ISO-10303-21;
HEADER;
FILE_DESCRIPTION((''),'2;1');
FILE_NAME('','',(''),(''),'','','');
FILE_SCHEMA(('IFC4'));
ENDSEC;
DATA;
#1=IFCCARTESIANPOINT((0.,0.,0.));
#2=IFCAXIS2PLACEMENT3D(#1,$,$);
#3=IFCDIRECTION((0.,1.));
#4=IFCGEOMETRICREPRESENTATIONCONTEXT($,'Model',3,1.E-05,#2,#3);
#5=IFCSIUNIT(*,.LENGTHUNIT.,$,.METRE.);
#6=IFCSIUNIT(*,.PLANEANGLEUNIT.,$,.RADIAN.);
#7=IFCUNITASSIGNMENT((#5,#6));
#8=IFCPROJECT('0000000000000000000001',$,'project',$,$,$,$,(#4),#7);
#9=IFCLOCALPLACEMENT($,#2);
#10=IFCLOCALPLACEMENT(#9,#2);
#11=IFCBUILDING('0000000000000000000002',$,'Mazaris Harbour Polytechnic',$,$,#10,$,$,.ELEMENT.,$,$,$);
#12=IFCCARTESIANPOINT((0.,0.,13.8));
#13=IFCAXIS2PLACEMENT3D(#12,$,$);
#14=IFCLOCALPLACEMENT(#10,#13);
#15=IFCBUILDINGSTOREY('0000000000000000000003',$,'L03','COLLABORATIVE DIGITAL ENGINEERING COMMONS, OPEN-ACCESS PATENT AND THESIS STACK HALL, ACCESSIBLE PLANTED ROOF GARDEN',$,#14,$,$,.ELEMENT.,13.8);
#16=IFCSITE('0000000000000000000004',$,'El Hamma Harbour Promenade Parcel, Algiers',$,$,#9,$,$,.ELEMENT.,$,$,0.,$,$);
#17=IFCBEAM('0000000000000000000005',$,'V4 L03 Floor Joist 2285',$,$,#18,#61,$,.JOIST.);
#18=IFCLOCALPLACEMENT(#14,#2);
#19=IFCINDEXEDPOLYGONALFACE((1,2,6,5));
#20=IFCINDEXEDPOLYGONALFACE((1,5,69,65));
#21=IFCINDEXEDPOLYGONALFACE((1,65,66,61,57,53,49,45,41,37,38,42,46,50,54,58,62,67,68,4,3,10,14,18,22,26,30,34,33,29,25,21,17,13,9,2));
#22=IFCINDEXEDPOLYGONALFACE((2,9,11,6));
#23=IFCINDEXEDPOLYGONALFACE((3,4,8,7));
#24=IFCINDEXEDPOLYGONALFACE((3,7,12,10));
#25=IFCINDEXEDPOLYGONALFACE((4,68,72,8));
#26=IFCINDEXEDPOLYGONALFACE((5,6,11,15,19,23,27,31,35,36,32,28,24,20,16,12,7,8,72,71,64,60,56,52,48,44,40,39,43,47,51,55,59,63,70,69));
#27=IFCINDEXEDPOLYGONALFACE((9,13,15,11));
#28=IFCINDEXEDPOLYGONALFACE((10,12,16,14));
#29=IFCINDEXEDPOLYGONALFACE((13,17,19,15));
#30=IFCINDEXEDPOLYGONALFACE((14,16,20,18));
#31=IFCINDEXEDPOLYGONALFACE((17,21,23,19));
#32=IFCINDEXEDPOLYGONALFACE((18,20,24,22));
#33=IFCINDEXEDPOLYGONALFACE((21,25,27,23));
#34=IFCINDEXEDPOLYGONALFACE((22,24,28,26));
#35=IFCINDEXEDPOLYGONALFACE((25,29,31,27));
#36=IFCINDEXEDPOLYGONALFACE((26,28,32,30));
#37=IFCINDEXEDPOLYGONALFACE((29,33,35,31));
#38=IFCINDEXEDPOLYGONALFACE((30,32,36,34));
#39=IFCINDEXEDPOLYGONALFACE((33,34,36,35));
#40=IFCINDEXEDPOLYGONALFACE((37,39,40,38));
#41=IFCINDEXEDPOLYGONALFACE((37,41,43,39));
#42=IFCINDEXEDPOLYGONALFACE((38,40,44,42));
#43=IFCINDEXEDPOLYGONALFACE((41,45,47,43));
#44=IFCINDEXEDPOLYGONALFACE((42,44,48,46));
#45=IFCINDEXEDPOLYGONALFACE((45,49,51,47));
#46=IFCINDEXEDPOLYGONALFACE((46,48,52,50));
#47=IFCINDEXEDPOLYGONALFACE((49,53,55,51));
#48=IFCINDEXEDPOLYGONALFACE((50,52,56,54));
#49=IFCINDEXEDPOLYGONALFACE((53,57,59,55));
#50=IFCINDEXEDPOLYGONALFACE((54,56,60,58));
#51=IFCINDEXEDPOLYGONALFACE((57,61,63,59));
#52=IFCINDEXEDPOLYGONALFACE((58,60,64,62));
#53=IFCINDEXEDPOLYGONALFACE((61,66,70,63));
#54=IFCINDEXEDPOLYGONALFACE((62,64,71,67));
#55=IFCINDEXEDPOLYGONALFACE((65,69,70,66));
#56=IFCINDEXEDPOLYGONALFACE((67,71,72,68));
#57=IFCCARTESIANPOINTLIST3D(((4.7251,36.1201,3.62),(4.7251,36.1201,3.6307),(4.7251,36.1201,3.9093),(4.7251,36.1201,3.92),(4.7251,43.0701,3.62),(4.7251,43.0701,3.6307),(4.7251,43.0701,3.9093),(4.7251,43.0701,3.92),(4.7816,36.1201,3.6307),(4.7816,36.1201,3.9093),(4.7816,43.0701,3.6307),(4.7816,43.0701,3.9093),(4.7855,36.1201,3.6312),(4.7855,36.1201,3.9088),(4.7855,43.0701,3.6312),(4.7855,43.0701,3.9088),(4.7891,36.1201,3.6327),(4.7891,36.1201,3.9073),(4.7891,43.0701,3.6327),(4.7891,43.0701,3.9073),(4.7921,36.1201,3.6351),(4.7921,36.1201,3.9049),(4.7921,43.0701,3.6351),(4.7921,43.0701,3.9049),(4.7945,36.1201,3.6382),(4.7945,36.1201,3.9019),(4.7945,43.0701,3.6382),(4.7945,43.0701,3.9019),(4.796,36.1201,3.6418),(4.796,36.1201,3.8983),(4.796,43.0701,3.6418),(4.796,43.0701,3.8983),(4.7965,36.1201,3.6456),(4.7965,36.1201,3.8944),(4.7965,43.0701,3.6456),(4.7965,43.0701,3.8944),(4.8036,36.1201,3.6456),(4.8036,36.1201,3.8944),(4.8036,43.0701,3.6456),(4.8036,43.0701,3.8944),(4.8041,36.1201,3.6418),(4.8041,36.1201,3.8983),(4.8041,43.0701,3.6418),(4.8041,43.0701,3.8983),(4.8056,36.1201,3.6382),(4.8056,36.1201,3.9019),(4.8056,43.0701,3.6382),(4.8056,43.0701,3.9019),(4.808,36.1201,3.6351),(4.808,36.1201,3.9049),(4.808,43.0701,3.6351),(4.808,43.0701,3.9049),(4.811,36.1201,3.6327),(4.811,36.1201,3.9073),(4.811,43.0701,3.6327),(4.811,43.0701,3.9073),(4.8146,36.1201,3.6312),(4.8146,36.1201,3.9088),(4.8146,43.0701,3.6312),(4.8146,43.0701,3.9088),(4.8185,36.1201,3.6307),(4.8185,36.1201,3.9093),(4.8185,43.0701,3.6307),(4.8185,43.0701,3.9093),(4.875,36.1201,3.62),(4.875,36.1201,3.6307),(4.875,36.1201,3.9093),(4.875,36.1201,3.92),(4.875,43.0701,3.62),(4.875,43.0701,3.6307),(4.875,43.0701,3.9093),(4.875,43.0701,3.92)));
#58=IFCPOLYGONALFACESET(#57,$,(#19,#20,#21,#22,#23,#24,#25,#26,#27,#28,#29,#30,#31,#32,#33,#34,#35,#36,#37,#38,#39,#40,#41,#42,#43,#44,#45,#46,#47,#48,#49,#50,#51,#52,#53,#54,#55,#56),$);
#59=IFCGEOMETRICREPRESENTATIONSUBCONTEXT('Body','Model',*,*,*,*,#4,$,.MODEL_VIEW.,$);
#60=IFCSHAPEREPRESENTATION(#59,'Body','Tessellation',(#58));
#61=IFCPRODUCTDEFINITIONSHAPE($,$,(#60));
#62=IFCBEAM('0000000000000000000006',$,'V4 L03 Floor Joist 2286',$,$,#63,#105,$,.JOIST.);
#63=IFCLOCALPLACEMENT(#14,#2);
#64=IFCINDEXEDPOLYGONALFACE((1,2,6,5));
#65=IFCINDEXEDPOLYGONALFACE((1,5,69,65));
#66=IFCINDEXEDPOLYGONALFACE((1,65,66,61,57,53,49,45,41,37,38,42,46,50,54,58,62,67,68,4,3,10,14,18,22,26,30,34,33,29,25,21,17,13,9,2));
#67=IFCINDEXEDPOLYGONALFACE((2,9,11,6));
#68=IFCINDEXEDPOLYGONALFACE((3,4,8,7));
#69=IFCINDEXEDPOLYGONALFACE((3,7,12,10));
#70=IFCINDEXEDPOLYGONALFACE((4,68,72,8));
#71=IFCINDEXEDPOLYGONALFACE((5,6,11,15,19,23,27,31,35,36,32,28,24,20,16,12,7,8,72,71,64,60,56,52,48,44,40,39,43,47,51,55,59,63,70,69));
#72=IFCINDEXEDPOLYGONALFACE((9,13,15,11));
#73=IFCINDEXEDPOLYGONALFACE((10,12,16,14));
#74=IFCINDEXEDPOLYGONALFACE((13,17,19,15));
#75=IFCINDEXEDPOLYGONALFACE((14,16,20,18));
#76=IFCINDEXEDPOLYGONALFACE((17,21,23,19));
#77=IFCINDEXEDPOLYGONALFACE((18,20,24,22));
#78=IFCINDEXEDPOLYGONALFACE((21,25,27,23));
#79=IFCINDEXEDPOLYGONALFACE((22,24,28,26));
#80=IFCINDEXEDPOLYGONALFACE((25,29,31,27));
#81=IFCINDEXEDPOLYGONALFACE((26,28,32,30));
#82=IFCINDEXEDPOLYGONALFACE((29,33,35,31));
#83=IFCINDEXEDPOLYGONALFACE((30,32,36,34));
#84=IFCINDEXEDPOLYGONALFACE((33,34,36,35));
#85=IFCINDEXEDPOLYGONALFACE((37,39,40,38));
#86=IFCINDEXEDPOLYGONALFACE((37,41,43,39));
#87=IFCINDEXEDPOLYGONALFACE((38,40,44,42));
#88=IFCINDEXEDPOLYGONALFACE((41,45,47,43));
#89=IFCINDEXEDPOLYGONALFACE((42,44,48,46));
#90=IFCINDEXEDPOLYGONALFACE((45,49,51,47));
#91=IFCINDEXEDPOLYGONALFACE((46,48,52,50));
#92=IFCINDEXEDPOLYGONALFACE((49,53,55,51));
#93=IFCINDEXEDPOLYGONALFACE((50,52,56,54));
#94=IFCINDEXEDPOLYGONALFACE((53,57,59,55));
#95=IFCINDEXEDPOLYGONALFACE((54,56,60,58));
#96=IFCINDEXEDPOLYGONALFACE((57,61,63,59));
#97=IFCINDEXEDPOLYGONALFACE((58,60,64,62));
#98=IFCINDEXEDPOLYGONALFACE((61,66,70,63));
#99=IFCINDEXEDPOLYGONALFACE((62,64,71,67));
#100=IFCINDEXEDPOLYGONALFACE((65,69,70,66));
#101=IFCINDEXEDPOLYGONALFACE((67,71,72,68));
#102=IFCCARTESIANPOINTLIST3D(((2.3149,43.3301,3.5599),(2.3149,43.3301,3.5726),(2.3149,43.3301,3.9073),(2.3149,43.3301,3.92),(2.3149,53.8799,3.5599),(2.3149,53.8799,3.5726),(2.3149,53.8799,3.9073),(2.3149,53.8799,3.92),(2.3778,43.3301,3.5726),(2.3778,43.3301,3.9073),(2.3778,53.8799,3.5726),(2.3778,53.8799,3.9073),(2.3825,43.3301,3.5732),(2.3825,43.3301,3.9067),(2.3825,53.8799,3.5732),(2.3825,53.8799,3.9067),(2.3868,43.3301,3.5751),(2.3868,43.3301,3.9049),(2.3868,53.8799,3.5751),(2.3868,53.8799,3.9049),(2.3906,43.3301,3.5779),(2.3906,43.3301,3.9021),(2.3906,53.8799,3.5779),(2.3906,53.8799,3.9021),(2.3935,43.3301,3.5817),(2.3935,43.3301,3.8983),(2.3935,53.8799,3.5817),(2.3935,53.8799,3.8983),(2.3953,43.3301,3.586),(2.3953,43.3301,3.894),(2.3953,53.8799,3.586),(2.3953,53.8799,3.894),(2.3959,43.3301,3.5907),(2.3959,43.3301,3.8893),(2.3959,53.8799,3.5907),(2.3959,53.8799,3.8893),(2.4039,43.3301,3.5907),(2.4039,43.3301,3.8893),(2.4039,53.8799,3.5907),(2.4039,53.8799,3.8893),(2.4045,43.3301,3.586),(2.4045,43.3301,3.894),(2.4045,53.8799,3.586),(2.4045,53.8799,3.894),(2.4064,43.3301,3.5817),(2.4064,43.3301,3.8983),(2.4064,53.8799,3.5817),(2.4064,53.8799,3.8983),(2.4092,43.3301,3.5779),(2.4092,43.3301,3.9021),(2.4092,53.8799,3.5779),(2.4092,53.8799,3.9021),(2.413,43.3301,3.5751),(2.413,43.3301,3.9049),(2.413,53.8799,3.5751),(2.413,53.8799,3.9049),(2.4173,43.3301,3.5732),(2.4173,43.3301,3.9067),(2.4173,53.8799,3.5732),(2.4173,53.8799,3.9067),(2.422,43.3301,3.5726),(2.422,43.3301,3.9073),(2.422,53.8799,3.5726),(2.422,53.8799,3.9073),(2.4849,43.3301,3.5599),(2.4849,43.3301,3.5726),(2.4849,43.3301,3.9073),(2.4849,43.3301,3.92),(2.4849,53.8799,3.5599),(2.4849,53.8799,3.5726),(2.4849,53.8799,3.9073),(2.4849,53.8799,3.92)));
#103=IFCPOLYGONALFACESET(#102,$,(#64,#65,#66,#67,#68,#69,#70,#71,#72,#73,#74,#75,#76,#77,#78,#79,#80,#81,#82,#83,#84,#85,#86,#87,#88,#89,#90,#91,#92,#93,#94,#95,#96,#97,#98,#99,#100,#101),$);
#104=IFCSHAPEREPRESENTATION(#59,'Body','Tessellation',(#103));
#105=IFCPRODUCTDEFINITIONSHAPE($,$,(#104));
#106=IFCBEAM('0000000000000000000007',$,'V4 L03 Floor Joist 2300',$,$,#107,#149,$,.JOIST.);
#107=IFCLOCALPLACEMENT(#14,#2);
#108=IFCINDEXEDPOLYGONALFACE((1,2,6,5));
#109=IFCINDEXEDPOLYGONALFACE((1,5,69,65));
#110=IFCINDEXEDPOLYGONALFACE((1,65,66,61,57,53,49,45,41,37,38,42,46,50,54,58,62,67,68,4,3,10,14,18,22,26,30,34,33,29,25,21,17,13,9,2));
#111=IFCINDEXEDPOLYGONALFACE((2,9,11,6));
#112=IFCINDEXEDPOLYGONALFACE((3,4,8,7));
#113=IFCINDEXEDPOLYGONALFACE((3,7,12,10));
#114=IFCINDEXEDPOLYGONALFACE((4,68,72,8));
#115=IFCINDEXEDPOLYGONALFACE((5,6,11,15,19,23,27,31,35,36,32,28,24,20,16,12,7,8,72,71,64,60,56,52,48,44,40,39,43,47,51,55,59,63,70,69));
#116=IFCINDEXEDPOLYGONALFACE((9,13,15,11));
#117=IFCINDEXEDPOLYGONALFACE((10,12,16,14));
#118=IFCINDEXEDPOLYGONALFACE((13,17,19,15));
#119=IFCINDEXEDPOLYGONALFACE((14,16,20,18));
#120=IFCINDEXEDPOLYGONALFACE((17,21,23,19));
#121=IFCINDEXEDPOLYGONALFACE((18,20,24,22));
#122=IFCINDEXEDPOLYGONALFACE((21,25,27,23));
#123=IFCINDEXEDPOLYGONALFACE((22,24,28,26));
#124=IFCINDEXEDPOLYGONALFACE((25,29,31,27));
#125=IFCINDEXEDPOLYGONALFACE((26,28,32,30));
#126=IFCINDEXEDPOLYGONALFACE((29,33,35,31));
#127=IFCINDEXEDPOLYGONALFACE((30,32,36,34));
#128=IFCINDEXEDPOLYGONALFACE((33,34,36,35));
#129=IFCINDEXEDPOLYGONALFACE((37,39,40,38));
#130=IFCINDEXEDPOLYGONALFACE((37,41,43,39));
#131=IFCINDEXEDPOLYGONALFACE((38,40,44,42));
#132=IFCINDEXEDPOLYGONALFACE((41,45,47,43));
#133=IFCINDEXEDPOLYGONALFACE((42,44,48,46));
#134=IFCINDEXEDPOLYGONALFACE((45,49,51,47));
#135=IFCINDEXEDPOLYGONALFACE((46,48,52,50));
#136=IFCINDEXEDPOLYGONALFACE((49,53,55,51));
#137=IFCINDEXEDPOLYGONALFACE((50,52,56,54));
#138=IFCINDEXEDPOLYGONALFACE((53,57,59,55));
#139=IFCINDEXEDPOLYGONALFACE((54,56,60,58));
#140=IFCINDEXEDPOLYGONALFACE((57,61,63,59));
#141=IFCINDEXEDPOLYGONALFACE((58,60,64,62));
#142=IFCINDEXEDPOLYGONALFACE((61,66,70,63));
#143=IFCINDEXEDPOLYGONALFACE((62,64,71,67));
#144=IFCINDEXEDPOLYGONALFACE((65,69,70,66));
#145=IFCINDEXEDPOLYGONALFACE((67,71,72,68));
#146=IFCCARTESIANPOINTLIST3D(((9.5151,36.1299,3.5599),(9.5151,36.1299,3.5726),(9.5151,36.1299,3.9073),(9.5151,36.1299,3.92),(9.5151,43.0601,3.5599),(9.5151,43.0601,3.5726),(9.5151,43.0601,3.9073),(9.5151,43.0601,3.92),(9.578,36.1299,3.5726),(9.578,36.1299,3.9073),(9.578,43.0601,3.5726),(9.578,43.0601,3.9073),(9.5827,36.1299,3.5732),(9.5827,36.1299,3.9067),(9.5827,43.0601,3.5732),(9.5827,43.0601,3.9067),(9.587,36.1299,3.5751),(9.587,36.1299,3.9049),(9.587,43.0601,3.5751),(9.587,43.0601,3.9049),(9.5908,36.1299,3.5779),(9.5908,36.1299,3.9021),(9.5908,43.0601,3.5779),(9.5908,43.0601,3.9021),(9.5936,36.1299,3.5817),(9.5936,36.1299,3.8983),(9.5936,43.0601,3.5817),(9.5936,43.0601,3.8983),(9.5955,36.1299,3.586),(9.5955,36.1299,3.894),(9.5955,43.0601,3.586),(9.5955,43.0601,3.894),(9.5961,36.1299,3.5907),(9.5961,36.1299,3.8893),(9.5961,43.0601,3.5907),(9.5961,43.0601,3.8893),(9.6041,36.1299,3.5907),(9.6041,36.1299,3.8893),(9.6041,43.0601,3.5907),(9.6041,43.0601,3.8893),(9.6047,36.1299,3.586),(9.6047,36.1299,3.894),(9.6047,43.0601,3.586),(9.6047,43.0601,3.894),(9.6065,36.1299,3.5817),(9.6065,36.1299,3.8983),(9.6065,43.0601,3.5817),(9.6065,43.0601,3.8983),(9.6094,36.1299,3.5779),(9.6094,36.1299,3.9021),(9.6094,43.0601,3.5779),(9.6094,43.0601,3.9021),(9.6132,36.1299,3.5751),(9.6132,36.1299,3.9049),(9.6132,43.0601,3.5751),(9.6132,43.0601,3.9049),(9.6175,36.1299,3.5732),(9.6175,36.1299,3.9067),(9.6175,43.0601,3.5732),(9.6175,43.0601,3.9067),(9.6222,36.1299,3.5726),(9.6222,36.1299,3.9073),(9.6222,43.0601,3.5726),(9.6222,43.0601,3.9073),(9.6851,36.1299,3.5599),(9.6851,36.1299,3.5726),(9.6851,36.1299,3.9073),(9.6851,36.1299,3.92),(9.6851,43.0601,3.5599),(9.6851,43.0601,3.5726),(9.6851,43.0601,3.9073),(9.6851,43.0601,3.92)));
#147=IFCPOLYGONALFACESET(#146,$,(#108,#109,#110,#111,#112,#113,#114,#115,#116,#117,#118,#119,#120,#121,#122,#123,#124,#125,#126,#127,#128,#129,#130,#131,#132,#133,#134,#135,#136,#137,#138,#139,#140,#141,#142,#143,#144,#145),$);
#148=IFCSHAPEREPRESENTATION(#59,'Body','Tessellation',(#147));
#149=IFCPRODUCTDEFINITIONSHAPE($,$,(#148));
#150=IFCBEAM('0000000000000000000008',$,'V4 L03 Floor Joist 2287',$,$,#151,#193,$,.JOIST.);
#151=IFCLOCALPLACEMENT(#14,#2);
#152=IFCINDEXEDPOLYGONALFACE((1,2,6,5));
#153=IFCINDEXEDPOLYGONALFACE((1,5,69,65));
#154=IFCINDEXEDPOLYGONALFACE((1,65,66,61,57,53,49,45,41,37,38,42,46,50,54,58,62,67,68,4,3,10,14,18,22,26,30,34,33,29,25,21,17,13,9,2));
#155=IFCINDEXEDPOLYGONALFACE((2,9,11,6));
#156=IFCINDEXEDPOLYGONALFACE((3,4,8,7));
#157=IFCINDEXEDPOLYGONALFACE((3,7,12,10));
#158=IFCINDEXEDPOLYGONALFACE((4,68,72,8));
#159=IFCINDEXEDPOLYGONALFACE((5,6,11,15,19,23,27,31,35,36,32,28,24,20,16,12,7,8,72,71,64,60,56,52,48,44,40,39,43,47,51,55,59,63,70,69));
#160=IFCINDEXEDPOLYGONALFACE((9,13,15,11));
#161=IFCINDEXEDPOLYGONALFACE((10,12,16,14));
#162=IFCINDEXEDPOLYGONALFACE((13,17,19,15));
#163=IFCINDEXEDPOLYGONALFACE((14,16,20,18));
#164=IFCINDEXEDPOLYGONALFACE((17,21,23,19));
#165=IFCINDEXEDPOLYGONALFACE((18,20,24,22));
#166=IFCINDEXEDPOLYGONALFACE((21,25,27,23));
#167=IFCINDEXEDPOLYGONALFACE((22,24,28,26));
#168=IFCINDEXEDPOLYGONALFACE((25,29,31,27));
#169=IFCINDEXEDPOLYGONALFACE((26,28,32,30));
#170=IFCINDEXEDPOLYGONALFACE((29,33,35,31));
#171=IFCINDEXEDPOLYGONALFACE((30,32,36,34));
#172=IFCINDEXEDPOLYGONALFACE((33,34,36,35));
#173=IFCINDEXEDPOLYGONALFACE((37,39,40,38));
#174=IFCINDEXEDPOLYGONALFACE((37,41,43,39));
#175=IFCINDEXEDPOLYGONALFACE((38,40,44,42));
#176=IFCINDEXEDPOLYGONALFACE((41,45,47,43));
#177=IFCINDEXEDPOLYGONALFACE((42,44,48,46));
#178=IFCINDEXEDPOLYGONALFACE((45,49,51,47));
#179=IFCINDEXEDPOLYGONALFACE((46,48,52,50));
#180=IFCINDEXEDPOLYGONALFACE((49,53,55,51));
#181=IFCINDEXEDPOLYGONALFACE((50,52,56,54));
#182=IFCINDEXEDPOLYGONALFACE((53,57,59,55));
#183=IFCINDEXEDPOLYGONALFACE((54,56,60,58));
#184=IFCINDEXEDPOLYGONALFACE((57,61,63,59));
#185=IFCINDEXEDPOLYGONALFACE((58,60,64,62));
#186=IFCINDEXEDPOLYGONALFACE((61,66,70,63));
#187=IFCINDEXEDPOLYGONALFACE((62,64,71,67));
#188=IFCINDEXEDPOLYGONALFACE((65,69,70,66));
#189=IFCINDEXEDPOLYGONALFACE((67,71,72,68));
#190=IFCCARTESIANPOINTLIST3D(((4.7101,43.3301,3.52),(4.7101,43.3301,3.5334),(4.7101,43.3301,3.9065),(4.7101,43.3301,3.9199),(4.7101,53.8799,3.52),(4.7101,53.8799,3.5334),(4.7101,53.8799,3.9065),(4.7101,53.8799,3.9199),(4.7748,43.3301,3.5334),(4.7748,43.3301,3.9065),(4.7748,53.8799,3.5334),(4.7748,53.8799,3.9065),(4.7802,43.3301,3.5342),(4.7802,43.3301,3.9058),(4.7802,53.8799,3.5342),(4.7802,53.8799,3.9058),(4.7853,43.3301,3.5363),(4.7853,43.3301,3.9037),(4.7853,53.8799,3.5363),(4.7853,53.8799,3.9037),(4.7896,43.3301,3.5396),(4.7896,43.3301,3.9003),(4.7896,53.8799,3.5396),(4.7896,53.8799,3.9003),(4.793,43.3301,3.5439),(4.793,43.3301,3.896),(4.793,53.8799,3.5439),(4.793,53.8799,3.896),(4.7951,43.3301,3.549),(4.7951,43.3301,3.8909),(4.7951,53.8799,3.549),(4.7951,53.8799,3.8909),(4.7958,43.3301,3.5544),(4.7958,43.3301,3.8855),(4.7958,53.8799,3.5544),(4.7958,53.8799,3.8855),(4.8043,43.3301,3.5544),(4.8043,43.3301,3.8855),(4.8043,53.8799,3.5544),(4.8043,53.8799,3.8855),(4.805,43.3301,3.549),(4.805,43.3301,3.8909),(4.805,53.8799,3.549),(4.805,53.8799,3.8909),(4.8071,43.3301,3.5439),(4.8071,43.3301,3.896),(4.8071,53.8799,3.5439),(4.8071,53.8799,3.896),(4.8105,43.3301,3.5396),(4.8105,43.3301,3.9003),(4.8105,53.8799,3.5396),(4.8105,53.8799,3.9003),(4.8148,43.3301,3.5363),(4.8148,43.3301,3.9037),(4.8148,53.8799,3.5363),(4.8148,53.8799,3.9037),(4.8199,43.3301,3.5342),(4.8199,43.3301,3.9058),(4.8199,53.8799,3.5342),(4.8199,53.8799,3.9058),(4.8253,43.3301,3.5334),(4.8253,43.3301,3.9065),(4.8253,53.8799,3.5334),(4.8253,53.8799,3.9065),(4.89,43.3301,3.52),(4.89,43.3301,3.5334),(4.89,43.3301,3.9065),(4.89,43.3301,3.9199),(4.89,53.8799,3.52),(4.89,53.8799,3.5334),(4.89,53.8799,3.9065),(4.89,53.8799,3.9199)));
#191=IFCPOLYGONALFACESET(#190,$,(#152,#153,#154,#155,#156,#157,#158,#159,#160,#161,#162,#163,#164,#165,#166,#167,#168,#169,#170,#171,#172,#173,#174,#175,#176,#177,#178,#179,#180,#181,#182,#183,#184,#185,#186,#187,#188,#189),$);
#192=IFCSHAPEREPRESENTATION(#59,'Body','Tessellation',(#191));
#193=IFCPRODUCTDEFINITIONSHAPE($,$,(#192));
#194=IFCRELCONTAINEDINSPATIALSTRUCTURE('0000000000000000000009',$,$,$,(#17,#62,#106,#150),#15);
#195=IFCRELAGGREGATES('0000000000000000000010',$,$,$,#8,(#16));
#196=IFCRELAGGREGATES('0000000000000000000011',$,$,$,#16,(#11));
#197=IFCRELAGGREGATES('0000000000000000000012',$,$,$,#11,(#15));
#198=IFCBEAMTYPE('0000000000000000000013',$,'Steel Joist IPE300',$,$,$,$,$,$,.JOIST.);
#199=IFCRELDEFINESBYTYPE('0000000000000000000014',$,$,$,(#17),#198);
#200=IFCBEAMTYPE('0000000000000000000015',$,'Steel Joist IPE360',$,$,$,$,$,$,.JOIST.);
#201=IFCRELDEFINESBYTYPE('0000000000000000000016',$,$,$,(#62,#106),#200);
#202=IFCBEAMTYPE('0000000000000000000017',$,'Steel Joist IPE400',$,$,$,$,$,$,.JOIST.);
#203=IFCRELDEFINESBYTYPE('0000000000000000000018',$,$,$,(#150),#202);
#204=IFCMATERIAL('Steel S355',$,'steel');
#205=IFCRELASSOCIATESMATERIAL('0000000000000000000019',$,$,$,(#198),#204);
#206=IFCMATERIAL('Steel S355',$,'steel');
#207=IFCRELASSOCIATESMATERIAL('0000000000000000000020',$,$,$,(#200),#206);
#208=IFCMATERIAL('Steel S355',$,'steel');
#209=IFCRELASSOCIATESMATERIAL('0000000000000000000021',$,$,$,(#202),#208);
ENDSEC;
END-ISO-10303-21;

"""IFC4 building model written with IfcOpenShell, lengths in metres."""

from ifc_helpers import new_model, si_unit, direction, frame, origin, origin_2d, place, context, subcontext, project, spatial, i_section, extrude, material, material_profile, profile_set, type_object, element, save


model = new_model("IFC4")

# Units and contexts
model_context = context("Model", 3, precision=1e-05, world=origin(), true_north=direction((0.0, 1.0)))
body_context = subcontext(model_context, "Body", "Model", "MODEL_VIEW")
ifc_project = project(units=[si_unit("LENGTHUNIT", "METRE"), si_unit("PLANEANGLEUNIT", "RADIAN")], contexts=[model_context])

# Site, building, storey
site_placement = place(None, origin())
site = spatial("IfcSite", under=ifc_project, at=site_placement, Name="El Hamma Harbour Promenade Parcel, Algiers", CompositionType="ELEMENT", RefElevation=0.0)
building_placement = place(site_placement, origin())
building = spatial("IfcBuilding", under=site, at=building_placement, Name="Mazaris Harbour Polytechnic", CompositionType="ELEMENT")
storey_placement = place(building_placement, frame((0.0, 0.0, 13.8)))
storey = spatial("IfcBuildingStorey", under=building, at=storey_placement, Name="L03", Description="COLLABORATIVE DIGITAL ENGINEERING COMMONS, OPEN-ACCESS PATENT AND THESIS STACK HALL, ACCESSIBLE PLANTED ROOF GARDEN", CompositionType="ELEMENT", Elevation=13.8)

# Beams
ifc_material_1 = material(Name="Steel S355", Category="steel")
ifc_material_profile_1 = material_profile(ifc_material_1, i_section(OverallWidth=0.1499, OverallDepth=0.3, WebThickness=0.0071, FlangeThickness=0.0107, FilletRadius=0.0149, at=origin_2d()), Name="IPE 300")
ifc_profile_set_1 = profile_set([ifc_material_profile_1], Name="Steel S355")
beam_type_1 = type_object("IfcBeamType", Name="Steel Joist IPE300", PredefinedType="JOIST", material=ifc_profile_set_1)
beam_1_placement = place(storey_placement, frame((4.8, 36.1201, 3.77), z_axis=(0.0, 1.0, 0.0), x_axis=(-1.0, 0.0, 0.0)))
element("IfcBeam", 1, at=beam_1_placement, inside=storey, type_object=beam_type_1, Name="V4 L03 Floor Joist 2285", PredefinedType="JOIST", context=body_context, shape_type="SweptSolid", body=[
    extrude(i_section(OverallWidth=0.1499, OverallDepth=0.3, WebThickness=0.0071, FlangeThickness=0.0107, FilletRadius=0.0149, at=origin_2d()), origin(), (0.0, 0.0, 1.0), 6.95),
])
ifc_material_2 = material(Name="Steel S355", Category="steel")
ifc_material_profile_2 = material_profile(ifc_material_2, i_section(OverallWidth=0.1699, OverallDepth=0.3601, WebThickness=0.0081, FlangeThickness=0.0127, FilletRadius=0.0181, at=origin_2d()), Name="IPE 360")
ifc_profile_set_2 = profile_set([ifc_material_profile_2], Name="Steel S355")
beam_type_2 = type_object("IfcBeamType", Name="Steel Joist IPE360", PredefinedType="JOIST", material=ifc_profile_set_2)
beam_2_placement = place(storey_placement, frame((2.3999, 43.3301, 3.74), z_axis=(0.0, 1.0, 0.0), x_axis=(-1.0, 0.0, 0.0)))
element("IfcBeam", 2, at=beam_2_placement, inside=storey, type_object=beam_type_2, Name="V4 L03 Floor Joist 2286", PredefinedType="JOIST", context=body_context, shape_type="SweptSolid", body=[
    extrude(i_section(OverallWidth=0.1699, OverallDepth=0.3601, WebThickness=0.0081, FlangeThickness=0.0127, FilletRadius=0.0181, at=origin_2d()), origin(), (0.0, 0.0, 1.0), 10.5498),
])
beam_3_placement = place(storey_placement, frame((9.6001, 36.1299, 3.74), z_axis=(0.0, 1.0, 0.0), x_axis=(-1.0, 0.0, 0.0)))
element("IfcBeam", 3, at=beam_3_placement, inside=storey, type_object=beam_type_2, Name="V4 L03 Floor Joist 2300", PredefinedType="JOIST", context=body_context, shape_type="SweptSolid", body=[
    extrude(i_section(OverallWidth=0.1699, OverallDepth=0.3601, WebThickness=0.0081, FlangeThickness=0.0127, FilletRadius=0.0181, at=origin_2d()), origin(), (0.0, 0.0, 1.0), 6.9302),
])
ifc_material_3 = material(Name="Steel S355", Category="steel")
ifc_material_profile_3 = material_profile(ifc_material_3, i_section(OverallWidth=0.1799, OverallDepth=0.3999, WebThickness=0.0085, FlangeThickness=0.0134, FilletRadius=0.021, at=origin_2d()), Name="IPE 400")
ifc_profile_set_3 = profile_set([ifc_material_profile_3], Name="Steel S355")
beam_type_3 = type_object("IfcBeamType", Name="Steel Joist IPE400", PredefinedType="JOIST", material=ifc_profile_set_3)
beam_4_placement = place(storey_placement, frame((4.8, 43.3301, 3.72), z_axis=(0.0, 1.0, 0.0), x_axis=(-1.0, 0.0, 0.0)))
element("IfcBeam", 4, at=beam_4_placement, inside=storey, type_object=beam_type_3, Name="V4 L03 Floor Joist 2287", PredefinedType="JOIST", context=body_context, shape_type="SweptSolid", body=[
    extrude(i_section(OverallWidth=0.1799, OverallDepth=0.3999, WebThickness=0.0085, FlangeThickness=0.0134, FilletRadius=0.021, at=origin_2d()), origin(), (0.0, 0.0, 1.0), 10.5498),
])

save(model, "model.ifc")
